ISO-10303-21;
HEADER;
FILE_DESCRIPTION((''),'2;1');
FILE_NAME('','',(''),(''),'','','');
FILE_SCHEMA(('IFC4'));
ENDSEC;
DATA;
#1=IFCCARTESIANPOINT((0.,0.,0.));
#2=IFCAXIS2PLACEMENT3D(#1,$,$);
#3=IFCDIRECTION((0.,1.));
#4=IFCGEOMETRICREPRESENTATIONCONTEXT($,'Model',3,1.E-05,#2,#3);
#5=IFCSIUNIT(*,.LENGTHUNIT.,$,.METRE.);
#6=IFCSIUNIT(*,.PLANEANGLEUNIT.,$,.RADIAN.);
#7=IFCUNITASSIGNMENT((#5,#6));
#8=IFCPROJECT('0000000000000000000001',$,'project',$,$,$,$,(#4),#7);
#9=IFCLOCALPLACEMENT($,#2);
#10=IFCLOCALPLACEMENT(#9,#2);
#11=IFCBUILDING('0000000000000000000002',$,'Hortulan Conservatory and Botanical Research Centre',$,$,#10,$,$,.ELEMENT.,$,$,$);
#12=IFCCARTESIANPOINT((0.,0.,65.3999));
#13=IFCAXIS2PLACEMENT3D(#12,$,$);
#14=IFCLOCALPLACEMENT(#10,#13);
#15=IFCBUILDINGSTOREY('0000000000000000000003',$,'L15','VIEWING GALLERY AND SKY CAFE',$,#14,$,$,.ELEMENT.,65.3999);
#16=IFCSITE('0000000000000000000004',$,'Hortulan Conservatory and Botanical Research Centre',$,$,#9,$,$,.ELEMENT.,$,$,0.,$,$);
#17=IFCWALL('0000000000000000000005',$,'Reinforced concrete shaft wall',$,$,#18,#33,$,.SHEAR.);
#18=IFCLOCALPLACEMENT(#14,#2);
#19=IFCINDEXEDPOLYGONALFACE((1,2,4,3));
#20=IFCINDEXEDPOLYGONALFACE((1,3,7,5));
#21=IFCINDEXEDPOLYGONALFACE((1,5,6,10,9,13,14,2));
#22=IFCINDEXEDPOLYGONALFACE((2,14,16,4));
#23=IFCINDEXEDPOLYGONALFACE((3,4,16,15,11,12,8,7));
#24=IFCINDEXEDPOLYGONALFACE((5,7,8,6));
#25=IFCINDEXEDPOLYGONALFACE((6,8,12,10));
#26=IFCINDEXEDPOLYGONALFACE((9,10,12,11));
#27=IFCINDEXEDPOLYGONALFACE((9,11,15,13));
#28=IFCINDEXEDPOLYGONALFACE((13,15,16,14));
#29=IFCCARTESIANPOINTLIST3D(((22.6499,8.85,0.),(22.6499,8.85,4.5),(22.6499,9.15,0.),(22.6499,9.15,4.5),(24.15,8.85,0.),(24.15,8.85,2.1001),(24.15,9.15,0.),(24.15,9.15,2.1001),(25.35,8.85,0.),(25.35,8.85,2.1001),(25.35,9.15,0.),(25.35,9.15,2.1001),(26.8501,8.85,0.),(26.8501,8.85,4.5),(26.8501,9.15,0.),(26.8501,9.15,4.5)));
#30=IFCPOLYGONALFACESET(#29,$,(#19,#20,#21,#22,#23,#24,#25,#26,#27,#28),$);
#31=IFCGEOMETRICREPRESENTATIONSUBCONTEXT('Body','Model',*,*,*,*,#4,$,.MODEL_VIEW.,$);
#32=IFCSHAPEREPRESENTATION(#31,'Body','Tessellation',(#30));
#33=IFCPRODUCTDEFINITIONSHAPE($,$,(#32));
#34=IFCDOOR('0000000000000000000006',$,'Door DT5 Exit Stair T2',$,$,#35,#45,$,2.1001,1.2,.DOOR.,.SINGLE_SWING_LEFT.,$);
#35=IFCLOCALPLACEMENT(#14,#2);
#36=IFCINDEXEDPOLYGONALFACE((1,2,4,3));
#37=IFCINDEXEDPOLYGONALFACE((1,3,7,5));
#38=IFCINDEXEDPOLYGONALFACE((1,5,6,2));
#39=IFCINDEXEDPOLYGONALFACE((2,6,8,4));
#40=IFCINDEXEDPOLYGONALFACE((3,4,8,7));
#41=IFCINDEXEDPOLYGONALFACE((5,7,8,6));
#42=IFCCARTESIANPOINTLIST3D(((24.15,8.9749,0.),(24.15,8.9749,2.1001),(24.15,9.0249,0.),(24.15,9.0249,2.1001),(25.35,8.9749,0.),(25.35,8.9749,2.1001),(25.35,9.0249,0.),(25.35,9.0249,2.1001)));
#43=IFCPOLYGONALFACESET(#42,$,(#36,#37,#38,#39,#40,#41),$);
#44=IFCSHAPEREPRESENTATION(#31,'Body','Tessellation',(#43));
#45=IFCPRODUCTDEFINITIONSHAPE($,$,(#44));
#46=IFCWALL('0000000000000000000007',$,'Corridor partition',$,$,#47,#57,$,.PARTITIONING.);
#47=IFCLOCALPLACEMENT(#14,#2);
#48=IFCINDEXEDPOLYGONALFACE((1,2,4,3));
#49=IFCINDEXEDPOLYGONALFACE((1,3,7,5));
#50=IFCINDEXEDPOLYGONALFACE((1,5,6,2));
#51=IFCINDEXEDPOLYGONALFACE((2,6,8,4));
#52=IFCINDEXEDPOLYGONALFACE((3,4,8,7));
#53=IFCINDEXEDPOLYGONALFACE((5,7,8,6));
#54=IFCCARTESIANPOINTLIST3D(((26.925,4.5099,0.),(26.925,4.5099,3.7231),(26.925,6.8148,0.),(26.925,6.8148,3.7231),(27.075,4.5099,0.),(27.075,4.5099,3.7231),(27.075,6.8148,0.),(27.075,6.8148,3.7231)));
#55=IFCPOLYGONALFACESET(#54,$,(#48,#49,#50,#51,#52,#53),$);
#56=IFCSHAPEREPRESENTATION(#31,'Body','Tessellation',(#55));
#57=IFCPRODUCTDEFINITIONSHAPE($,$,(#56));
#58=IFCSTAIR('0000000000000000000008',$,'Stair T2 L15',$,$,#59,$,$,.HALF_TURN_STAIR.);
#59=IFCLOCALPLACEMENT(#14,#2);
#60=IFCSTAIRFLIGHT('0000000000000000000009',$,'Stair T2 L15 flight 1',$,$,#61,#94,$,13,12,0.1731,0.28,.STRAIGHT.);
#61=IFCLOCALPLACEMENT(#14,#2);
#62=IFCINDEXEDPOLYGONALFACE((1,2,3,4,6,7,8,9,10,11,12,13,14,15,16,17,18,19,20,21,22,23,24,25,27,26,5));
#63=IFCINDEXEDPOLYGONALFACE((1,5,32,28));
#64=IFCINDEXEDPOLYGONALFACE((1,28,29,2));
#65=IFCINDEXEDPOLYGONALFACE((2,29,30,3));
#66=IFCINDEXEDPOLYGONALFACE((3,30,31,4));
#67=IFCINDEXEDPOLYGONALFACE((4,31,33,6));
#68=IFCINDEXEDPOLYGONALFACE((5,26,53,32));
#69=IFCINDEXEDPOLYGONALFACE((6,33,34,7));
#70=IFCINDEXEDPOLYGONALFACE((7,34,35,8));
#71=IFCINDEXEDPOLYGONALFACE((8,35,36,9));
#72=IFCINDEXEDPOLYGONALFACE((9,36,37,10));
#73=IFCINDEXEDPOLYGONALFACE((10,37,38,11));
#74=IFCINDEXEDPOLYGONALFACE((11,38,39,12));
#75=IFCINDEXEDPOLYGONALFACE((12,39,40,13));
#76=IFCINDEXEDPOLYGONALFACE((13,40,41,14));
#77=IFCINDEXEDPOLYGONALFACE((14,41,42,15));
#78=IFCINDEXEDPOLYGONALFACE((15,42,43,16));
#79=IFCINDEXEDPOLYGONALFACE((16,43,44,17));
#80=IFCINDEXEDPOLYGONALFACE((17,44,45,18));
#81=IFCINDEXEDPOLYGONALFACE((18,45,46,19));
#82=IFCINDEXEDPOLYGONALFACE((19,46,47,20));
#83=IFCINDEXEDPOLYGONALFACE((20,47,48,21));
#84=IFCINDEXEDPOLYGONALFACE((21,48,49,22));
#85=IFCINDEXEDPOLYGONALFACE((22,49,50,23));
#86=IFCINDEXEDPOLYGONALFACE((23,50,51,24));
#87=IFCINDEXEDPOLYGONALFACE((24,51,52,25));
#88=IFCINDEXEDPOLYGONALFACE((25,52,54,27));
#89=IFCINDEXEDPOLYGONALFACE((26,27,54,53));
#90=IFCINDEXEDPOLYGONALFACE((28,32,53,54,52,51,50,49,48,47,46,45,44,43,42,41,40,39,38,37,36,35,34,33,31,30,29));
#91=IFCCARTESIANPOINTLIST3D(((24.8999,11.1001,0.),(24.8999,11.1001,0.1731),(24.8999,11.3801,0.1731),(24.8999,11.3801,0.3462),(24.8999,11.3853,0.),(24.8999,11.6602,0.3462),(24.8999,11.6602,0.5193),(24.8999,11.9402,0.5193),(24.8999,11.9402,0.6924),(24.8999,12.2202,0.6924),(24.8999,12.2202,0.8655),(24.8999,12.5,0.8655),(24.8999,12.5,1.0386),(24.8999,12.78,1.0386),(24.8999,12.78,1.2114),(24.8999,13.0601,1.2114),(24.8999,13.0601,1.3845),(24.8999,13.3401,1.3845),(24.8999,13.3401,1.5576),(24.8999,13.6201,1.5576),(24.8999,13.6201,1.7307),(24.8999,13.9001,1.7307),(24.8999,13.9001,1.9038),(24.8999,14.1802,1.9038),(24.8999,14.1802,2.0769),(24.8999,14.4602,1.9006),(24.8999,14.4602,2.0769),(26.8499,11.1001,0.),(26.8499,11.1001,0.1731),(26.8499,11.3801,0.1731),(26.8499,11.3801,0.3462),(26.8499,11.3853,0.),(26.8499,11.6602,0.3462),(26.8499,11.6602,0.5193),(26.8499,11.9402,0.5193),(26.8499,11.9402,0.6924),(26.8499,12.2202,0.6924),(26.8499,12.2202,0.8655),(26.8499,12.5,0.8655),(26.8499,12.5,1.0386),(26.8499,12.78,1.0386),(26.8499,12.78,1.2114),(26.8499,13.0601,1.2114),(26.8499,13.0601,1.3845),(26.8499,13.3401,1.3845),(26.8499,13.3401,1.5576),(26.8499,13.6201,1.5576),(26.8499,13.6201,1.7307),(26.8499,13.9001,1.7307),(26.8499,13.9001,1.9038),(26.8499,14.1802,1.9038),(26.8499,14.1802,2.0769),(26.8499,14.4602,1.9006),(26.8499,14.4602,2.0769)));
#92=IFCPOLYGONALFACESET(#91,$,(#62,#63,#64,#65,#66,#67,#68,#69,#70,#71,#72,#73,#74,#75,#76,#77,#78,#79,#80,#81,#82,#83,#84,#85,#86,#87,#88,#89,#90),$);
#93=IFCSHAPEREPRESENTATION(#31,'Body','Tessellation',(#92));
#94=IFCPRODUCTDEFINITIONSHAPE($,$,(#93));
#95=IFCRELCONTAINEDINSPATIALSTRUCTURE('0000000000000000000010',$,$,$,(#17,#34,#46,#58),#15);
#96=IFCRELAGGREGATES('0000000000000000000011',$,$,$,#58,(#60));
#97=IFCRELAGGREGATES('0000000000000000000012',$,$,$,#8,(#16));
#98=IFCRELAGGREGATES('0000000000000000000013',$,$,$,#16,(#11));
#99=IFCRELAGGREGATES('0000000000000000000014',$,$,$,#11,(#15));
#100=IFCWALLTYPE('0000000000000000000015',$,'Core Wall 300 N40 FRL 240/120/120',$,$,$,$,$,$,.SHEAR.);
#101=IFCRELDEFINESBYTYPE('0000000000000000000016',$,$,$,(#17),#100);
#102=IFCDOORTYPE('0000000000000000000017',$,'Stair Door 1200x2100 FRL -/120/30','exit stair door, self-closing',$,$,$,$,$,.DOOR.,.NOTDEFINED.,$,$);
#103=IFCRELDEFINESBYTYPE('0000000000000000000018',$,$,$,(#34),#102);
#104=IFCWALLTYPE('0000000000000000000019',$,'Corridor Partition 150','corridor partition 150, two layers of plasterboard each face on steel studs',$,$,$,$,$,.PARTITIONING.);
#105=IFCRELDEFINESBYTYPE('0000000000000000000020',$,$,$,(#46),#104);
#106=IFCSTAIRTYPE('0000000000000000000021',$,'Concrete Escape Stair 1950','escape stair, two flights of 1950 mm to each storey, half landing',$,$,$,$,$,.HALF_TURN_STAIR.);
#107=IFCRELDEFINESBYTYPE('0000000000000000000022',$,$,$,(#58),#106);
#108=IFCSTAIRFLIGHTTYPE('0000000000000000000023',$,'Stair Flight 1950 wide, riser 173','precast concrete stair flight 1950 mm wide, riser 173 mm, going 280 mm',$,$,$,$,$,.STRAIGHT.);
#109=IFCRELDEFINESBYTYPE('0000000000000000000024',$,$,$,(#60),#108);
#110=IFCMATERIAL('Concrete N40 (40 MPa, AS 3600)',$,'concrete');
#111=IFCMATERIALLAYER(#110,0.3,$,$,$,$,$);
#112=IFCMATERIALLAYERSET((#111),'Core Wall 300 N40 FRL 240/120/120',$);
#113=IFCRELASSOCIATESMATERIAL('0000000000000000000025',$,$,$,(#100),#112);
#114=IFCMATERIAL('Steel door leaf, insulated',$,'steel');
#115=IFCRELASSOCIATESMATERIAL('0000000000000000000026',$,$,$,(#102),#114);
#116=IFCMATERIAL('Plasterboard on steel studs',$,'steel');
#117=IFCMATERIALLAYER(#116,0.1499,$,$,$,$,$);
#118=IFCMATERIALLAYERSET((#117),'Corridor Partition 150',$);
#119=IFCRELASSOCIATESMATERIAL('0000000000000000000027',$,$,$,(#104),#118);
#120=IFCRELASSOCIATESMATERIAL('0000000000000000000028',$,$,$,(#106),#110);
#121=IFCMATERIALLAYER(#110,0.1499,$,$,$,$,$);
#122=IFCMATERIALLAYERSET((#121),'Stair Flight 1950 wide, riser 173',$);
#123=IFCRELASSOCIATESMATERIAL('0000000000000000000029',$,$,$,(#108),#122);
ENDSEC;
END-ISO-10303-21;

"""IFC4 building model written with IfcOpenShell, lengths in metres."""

from ifc_helpers import new_model, si_unit, direction, frame, frame_2d, origin, place, context, subcontext, project, spatial, polyline, rectangle, outline, extrude, material, layer, layer_set, type_object, element, fill, aggregate, save


model = new_model("IFC4")

# Units and contexts
model_context = context("Model", 3, precision=1e-05, world=origin(), true_north=direction((0.0, 1.0)))
body_context = subcontext(model_context, "Body", "Model", "MODEL_VIEW")
ifc_project = project(units=[si_unit("LENGTHUNIT", "METRE"), si_unit("PLANEANGLEUNIT", "RADIAN")], contexts=[model_context])

# Site, building, storey
site_placement = place(None, origin())
site = spatial("IfcSite", under=ifc_project, at=site_placement, Name="Hortulan Conservatory and Botanical Research Centre", CompositionType="ELEMENT", RefElevation=0.0)
building_placement = place(site_placement, origin())
building = spatial("IfcBuilding", under=site, at=building_placement, Name="Hortulan Conservatory and Botanical Research Centre", CompositionType="ELEMENT")
storey_placement = place(building_placement, frame((0.0, 0.0, 65.3999)))
storey = spatial("IfcBuildingStorey", under=building, at=storey_placement, Name="L15", Description="VIEWING GALLERY AND SKY CAFE", CompositionType="ELEMENT", Elevation=65.3999)

# Shared definitions
ifc_material_1 = material(Name="Concrete N40 (40 MPa, AS 3600)", Category="concrete")
ifc_layer_1 = layer(ifc_material_1, 0.3)
ifc_layer_set_1 = layer_set([ifc_layer_1], Name="Core Wall 300 N40 FRL 240/120/120")
wall_type_1 = type_object("IfcWallType", Name="Core Wall 300 N40 FRL 240/120/120", PredefinedType="SHEAR", material=ifc_layer_set_1)

# Wall, opening, door
wall_1_placement = place(storey_placement, frame((22.6499, 9.0, 0.0), z_axis=(0.0, 0.0, 1.0), x_axis=(1.0, 0.0, 0.0)))
wall_1 = element("IfcWall", 1, at=wall_1_placement, inside=storey, type_object=wall_type_1, Name="Reinforced concrete shaft wall", PredefinedType="SHEAR", context=body_context, shape_type="SweptSolid", body=[
    extrude(rectangle(XDim=4.2002, YDim=0.3, at=frame_2d((2.1001, 0.0))), origin(), (0.0, 0.0, 1.0), 4.5),
])
opening_1_placement = place(wall_1_placement, frame((1.5, 0.0, 0.0)))
opening_1 = element("IfcOpeningElement", 2, at=opening_1_placement, cuts=wall_1, PredefinedType="OPENING", context=body_context, shape_type="SweptSolid", body=[
    extrude(rectangle(XDim=1.2, YDim=2.1001, at=frame_2d((0.6001, 1.05))), frame((0.0, 0.1599, 0.0), z_axis=(0.0, -1.0, 0.0), x_axis=(1.0, 0.0, 0.0)), (0.0, 0.0, 1.0), 0.3201),
])
ifc_material_2 = material(Name="Steel door leaf, insulated", Category="steel")
door_type_1 = type_object("IfcDoorType", Name="Stair Door 1200x2100 FRL -/120/30", Description="exit stair door, self-closing", OperationType="NOTDEFINED", PredefinedType="DOOR", material=ifc_material_2)
door_1_placement = place(opening_1_placement, origin())
door_1 = element("IfcDoor", 3, at=door_1_placement, inside=storey, type_object=door_type_1, Name="Door DT5 Exit Stair T2", OperationType="SINGLE_SWING_LEFT", OverallHeight=2.1001, OverallWidth=1.2, PredefinedType="DOOR", context=body_context, shape_type="SweptSolid", body=[
    extrude(rectangle(XDim=1.2, YDim=2.1001, at=frame_2d((0.6001, 1.05))), frame((0.0, 0.0249, 0.0), z_axis=(0.0, -1.0, 0.0), x_axis=(1.0, 0.0, 0.0)), (0.0, 0.0, 1.0), 0.05),
])
fill(opening_1, door_1)

# Wall
ifc_material_3 = material(Name="Plasterboard on steel studs", Category="steel")
ifc_layer_2 = layer(ifc_material_3, 0.1499)
ifc_layer_set_2 = layer_set([ifc_layer_2], Name="Corridor Partition 150")
wall_type_2 = type_object("IfcWallType", Name="Corridor Partition 150", Description="corridor partition 150, two layers of plasterboard each face on steel studs", PredefinedType="PARTITIONING", material=ifc_layer_set_2)
wall_2_placement = place(storey_placement, frame((27.0, 4.51, 0.0), z_axis=(0.0, 0.0, 1.0), x_axis=(0.0, 1.0, 0.0)))
element("IfcWall", 4, at=wall_2_placement, inside=storey, type_object=wall_type_2, Name="Corridor partition", PredefinedType="PARTITIONING", context=body_context, shape_type="SweptSolid", body=[
    extrude(rectangle(XDim=2.3049, YDim=0.1499, at=frame_2d((1.1523, 0.0))), origin(), (0.0, 0.0, 1.0), 3.7231),
])

# Stair, stair flight
stair_type = type_object("IfcStairType", Name="Concrete Escape Stair 1950", Description="escape stair, two flights of 1950 mm to each storey, half landing", PredefinedType="HALF_TURN_STAIR", material=ifc_material_1)
stair_placement = place(storey_placement, origin())
stair = element("IfcStair", 5, at=stair_placement, inside=storey, type_object=stair_type, Name="Stair T2 L15", PredefinedType="HALF_TURN_STAIR")
ifc_layer_3 = layer(ifc_material_1, 0.1499)
ifc_layer_set_3 = layer_set([ifc_layer_3], Name="Stair Flight 1950 wide, riser 173")
stair_flight_type = type_object("IfcStairFlightType", Name="Stair Flight 1950 wide, riser 173", Description="precast concrete stair flight 1950 mm wide, riser 173 mm, going 280 mm", PredefinedType="STRAIGHT", material=ifc_layer_set_3)
stair_flight_placement = place(storey_placement, frame((25.875, 11.1001, 0.0), z_axis=(0.0, 0.0, 1.0), x_axis=(0.0, 1.0, 0.0)))
stair_flight = element("IfcStairFlight", 6, at=stair_flight_placement, type_object=stair_flight_type, Name="Stair T2 L15 flight 1", NumberOfRisers=13, NumberOfTreads=12, PredefinedType="STRAIGHT", RiserHeight=0.1731, TreadLength=0.28, context=body_context, shape_type="SweptSolid", body=[
    extrude(outline(polyline([(0.0, 0.0), (0.0, 0.1731), (0.28, 0.1731), (0.28, 0.3462), (0.5601, 0.3462), (0.5601, 0.5193), (0.8401, 0.5193), (0.8401, 0.6924), (1.1201, 0.6924), (1.1201, 0.8655), (1.3999, 0.8655), (1.3999, 1.0386), (1.6799, 1.0386), (1.6799, 1.2114), (1.96, 1.2114), (1.96, 1.3845), (2.24, 1.3845), (2.24, 1.5576), (2.52, 1.5576), (2.52, 1.7307), (2.8, 1.7307), (2.8, 1.9038), (3.0801, 1.9038), (3.0801, 2.0769), (3.3601, 2.0769), (3.3601, 2.25), (3.3601, 1.9006), (0.2852, 0.0), (0.0, 0.0)])), frame((0.0, 0.9751, 0.0), z_axis=(0.0, -1.0, 0.0), x_axis=(1.0, 0.0, 0.0)), (0.0, 0.0, 1.0), 1.95),
])
aggregate(stair, [stair_flight])

save(model, "model.ifc")
